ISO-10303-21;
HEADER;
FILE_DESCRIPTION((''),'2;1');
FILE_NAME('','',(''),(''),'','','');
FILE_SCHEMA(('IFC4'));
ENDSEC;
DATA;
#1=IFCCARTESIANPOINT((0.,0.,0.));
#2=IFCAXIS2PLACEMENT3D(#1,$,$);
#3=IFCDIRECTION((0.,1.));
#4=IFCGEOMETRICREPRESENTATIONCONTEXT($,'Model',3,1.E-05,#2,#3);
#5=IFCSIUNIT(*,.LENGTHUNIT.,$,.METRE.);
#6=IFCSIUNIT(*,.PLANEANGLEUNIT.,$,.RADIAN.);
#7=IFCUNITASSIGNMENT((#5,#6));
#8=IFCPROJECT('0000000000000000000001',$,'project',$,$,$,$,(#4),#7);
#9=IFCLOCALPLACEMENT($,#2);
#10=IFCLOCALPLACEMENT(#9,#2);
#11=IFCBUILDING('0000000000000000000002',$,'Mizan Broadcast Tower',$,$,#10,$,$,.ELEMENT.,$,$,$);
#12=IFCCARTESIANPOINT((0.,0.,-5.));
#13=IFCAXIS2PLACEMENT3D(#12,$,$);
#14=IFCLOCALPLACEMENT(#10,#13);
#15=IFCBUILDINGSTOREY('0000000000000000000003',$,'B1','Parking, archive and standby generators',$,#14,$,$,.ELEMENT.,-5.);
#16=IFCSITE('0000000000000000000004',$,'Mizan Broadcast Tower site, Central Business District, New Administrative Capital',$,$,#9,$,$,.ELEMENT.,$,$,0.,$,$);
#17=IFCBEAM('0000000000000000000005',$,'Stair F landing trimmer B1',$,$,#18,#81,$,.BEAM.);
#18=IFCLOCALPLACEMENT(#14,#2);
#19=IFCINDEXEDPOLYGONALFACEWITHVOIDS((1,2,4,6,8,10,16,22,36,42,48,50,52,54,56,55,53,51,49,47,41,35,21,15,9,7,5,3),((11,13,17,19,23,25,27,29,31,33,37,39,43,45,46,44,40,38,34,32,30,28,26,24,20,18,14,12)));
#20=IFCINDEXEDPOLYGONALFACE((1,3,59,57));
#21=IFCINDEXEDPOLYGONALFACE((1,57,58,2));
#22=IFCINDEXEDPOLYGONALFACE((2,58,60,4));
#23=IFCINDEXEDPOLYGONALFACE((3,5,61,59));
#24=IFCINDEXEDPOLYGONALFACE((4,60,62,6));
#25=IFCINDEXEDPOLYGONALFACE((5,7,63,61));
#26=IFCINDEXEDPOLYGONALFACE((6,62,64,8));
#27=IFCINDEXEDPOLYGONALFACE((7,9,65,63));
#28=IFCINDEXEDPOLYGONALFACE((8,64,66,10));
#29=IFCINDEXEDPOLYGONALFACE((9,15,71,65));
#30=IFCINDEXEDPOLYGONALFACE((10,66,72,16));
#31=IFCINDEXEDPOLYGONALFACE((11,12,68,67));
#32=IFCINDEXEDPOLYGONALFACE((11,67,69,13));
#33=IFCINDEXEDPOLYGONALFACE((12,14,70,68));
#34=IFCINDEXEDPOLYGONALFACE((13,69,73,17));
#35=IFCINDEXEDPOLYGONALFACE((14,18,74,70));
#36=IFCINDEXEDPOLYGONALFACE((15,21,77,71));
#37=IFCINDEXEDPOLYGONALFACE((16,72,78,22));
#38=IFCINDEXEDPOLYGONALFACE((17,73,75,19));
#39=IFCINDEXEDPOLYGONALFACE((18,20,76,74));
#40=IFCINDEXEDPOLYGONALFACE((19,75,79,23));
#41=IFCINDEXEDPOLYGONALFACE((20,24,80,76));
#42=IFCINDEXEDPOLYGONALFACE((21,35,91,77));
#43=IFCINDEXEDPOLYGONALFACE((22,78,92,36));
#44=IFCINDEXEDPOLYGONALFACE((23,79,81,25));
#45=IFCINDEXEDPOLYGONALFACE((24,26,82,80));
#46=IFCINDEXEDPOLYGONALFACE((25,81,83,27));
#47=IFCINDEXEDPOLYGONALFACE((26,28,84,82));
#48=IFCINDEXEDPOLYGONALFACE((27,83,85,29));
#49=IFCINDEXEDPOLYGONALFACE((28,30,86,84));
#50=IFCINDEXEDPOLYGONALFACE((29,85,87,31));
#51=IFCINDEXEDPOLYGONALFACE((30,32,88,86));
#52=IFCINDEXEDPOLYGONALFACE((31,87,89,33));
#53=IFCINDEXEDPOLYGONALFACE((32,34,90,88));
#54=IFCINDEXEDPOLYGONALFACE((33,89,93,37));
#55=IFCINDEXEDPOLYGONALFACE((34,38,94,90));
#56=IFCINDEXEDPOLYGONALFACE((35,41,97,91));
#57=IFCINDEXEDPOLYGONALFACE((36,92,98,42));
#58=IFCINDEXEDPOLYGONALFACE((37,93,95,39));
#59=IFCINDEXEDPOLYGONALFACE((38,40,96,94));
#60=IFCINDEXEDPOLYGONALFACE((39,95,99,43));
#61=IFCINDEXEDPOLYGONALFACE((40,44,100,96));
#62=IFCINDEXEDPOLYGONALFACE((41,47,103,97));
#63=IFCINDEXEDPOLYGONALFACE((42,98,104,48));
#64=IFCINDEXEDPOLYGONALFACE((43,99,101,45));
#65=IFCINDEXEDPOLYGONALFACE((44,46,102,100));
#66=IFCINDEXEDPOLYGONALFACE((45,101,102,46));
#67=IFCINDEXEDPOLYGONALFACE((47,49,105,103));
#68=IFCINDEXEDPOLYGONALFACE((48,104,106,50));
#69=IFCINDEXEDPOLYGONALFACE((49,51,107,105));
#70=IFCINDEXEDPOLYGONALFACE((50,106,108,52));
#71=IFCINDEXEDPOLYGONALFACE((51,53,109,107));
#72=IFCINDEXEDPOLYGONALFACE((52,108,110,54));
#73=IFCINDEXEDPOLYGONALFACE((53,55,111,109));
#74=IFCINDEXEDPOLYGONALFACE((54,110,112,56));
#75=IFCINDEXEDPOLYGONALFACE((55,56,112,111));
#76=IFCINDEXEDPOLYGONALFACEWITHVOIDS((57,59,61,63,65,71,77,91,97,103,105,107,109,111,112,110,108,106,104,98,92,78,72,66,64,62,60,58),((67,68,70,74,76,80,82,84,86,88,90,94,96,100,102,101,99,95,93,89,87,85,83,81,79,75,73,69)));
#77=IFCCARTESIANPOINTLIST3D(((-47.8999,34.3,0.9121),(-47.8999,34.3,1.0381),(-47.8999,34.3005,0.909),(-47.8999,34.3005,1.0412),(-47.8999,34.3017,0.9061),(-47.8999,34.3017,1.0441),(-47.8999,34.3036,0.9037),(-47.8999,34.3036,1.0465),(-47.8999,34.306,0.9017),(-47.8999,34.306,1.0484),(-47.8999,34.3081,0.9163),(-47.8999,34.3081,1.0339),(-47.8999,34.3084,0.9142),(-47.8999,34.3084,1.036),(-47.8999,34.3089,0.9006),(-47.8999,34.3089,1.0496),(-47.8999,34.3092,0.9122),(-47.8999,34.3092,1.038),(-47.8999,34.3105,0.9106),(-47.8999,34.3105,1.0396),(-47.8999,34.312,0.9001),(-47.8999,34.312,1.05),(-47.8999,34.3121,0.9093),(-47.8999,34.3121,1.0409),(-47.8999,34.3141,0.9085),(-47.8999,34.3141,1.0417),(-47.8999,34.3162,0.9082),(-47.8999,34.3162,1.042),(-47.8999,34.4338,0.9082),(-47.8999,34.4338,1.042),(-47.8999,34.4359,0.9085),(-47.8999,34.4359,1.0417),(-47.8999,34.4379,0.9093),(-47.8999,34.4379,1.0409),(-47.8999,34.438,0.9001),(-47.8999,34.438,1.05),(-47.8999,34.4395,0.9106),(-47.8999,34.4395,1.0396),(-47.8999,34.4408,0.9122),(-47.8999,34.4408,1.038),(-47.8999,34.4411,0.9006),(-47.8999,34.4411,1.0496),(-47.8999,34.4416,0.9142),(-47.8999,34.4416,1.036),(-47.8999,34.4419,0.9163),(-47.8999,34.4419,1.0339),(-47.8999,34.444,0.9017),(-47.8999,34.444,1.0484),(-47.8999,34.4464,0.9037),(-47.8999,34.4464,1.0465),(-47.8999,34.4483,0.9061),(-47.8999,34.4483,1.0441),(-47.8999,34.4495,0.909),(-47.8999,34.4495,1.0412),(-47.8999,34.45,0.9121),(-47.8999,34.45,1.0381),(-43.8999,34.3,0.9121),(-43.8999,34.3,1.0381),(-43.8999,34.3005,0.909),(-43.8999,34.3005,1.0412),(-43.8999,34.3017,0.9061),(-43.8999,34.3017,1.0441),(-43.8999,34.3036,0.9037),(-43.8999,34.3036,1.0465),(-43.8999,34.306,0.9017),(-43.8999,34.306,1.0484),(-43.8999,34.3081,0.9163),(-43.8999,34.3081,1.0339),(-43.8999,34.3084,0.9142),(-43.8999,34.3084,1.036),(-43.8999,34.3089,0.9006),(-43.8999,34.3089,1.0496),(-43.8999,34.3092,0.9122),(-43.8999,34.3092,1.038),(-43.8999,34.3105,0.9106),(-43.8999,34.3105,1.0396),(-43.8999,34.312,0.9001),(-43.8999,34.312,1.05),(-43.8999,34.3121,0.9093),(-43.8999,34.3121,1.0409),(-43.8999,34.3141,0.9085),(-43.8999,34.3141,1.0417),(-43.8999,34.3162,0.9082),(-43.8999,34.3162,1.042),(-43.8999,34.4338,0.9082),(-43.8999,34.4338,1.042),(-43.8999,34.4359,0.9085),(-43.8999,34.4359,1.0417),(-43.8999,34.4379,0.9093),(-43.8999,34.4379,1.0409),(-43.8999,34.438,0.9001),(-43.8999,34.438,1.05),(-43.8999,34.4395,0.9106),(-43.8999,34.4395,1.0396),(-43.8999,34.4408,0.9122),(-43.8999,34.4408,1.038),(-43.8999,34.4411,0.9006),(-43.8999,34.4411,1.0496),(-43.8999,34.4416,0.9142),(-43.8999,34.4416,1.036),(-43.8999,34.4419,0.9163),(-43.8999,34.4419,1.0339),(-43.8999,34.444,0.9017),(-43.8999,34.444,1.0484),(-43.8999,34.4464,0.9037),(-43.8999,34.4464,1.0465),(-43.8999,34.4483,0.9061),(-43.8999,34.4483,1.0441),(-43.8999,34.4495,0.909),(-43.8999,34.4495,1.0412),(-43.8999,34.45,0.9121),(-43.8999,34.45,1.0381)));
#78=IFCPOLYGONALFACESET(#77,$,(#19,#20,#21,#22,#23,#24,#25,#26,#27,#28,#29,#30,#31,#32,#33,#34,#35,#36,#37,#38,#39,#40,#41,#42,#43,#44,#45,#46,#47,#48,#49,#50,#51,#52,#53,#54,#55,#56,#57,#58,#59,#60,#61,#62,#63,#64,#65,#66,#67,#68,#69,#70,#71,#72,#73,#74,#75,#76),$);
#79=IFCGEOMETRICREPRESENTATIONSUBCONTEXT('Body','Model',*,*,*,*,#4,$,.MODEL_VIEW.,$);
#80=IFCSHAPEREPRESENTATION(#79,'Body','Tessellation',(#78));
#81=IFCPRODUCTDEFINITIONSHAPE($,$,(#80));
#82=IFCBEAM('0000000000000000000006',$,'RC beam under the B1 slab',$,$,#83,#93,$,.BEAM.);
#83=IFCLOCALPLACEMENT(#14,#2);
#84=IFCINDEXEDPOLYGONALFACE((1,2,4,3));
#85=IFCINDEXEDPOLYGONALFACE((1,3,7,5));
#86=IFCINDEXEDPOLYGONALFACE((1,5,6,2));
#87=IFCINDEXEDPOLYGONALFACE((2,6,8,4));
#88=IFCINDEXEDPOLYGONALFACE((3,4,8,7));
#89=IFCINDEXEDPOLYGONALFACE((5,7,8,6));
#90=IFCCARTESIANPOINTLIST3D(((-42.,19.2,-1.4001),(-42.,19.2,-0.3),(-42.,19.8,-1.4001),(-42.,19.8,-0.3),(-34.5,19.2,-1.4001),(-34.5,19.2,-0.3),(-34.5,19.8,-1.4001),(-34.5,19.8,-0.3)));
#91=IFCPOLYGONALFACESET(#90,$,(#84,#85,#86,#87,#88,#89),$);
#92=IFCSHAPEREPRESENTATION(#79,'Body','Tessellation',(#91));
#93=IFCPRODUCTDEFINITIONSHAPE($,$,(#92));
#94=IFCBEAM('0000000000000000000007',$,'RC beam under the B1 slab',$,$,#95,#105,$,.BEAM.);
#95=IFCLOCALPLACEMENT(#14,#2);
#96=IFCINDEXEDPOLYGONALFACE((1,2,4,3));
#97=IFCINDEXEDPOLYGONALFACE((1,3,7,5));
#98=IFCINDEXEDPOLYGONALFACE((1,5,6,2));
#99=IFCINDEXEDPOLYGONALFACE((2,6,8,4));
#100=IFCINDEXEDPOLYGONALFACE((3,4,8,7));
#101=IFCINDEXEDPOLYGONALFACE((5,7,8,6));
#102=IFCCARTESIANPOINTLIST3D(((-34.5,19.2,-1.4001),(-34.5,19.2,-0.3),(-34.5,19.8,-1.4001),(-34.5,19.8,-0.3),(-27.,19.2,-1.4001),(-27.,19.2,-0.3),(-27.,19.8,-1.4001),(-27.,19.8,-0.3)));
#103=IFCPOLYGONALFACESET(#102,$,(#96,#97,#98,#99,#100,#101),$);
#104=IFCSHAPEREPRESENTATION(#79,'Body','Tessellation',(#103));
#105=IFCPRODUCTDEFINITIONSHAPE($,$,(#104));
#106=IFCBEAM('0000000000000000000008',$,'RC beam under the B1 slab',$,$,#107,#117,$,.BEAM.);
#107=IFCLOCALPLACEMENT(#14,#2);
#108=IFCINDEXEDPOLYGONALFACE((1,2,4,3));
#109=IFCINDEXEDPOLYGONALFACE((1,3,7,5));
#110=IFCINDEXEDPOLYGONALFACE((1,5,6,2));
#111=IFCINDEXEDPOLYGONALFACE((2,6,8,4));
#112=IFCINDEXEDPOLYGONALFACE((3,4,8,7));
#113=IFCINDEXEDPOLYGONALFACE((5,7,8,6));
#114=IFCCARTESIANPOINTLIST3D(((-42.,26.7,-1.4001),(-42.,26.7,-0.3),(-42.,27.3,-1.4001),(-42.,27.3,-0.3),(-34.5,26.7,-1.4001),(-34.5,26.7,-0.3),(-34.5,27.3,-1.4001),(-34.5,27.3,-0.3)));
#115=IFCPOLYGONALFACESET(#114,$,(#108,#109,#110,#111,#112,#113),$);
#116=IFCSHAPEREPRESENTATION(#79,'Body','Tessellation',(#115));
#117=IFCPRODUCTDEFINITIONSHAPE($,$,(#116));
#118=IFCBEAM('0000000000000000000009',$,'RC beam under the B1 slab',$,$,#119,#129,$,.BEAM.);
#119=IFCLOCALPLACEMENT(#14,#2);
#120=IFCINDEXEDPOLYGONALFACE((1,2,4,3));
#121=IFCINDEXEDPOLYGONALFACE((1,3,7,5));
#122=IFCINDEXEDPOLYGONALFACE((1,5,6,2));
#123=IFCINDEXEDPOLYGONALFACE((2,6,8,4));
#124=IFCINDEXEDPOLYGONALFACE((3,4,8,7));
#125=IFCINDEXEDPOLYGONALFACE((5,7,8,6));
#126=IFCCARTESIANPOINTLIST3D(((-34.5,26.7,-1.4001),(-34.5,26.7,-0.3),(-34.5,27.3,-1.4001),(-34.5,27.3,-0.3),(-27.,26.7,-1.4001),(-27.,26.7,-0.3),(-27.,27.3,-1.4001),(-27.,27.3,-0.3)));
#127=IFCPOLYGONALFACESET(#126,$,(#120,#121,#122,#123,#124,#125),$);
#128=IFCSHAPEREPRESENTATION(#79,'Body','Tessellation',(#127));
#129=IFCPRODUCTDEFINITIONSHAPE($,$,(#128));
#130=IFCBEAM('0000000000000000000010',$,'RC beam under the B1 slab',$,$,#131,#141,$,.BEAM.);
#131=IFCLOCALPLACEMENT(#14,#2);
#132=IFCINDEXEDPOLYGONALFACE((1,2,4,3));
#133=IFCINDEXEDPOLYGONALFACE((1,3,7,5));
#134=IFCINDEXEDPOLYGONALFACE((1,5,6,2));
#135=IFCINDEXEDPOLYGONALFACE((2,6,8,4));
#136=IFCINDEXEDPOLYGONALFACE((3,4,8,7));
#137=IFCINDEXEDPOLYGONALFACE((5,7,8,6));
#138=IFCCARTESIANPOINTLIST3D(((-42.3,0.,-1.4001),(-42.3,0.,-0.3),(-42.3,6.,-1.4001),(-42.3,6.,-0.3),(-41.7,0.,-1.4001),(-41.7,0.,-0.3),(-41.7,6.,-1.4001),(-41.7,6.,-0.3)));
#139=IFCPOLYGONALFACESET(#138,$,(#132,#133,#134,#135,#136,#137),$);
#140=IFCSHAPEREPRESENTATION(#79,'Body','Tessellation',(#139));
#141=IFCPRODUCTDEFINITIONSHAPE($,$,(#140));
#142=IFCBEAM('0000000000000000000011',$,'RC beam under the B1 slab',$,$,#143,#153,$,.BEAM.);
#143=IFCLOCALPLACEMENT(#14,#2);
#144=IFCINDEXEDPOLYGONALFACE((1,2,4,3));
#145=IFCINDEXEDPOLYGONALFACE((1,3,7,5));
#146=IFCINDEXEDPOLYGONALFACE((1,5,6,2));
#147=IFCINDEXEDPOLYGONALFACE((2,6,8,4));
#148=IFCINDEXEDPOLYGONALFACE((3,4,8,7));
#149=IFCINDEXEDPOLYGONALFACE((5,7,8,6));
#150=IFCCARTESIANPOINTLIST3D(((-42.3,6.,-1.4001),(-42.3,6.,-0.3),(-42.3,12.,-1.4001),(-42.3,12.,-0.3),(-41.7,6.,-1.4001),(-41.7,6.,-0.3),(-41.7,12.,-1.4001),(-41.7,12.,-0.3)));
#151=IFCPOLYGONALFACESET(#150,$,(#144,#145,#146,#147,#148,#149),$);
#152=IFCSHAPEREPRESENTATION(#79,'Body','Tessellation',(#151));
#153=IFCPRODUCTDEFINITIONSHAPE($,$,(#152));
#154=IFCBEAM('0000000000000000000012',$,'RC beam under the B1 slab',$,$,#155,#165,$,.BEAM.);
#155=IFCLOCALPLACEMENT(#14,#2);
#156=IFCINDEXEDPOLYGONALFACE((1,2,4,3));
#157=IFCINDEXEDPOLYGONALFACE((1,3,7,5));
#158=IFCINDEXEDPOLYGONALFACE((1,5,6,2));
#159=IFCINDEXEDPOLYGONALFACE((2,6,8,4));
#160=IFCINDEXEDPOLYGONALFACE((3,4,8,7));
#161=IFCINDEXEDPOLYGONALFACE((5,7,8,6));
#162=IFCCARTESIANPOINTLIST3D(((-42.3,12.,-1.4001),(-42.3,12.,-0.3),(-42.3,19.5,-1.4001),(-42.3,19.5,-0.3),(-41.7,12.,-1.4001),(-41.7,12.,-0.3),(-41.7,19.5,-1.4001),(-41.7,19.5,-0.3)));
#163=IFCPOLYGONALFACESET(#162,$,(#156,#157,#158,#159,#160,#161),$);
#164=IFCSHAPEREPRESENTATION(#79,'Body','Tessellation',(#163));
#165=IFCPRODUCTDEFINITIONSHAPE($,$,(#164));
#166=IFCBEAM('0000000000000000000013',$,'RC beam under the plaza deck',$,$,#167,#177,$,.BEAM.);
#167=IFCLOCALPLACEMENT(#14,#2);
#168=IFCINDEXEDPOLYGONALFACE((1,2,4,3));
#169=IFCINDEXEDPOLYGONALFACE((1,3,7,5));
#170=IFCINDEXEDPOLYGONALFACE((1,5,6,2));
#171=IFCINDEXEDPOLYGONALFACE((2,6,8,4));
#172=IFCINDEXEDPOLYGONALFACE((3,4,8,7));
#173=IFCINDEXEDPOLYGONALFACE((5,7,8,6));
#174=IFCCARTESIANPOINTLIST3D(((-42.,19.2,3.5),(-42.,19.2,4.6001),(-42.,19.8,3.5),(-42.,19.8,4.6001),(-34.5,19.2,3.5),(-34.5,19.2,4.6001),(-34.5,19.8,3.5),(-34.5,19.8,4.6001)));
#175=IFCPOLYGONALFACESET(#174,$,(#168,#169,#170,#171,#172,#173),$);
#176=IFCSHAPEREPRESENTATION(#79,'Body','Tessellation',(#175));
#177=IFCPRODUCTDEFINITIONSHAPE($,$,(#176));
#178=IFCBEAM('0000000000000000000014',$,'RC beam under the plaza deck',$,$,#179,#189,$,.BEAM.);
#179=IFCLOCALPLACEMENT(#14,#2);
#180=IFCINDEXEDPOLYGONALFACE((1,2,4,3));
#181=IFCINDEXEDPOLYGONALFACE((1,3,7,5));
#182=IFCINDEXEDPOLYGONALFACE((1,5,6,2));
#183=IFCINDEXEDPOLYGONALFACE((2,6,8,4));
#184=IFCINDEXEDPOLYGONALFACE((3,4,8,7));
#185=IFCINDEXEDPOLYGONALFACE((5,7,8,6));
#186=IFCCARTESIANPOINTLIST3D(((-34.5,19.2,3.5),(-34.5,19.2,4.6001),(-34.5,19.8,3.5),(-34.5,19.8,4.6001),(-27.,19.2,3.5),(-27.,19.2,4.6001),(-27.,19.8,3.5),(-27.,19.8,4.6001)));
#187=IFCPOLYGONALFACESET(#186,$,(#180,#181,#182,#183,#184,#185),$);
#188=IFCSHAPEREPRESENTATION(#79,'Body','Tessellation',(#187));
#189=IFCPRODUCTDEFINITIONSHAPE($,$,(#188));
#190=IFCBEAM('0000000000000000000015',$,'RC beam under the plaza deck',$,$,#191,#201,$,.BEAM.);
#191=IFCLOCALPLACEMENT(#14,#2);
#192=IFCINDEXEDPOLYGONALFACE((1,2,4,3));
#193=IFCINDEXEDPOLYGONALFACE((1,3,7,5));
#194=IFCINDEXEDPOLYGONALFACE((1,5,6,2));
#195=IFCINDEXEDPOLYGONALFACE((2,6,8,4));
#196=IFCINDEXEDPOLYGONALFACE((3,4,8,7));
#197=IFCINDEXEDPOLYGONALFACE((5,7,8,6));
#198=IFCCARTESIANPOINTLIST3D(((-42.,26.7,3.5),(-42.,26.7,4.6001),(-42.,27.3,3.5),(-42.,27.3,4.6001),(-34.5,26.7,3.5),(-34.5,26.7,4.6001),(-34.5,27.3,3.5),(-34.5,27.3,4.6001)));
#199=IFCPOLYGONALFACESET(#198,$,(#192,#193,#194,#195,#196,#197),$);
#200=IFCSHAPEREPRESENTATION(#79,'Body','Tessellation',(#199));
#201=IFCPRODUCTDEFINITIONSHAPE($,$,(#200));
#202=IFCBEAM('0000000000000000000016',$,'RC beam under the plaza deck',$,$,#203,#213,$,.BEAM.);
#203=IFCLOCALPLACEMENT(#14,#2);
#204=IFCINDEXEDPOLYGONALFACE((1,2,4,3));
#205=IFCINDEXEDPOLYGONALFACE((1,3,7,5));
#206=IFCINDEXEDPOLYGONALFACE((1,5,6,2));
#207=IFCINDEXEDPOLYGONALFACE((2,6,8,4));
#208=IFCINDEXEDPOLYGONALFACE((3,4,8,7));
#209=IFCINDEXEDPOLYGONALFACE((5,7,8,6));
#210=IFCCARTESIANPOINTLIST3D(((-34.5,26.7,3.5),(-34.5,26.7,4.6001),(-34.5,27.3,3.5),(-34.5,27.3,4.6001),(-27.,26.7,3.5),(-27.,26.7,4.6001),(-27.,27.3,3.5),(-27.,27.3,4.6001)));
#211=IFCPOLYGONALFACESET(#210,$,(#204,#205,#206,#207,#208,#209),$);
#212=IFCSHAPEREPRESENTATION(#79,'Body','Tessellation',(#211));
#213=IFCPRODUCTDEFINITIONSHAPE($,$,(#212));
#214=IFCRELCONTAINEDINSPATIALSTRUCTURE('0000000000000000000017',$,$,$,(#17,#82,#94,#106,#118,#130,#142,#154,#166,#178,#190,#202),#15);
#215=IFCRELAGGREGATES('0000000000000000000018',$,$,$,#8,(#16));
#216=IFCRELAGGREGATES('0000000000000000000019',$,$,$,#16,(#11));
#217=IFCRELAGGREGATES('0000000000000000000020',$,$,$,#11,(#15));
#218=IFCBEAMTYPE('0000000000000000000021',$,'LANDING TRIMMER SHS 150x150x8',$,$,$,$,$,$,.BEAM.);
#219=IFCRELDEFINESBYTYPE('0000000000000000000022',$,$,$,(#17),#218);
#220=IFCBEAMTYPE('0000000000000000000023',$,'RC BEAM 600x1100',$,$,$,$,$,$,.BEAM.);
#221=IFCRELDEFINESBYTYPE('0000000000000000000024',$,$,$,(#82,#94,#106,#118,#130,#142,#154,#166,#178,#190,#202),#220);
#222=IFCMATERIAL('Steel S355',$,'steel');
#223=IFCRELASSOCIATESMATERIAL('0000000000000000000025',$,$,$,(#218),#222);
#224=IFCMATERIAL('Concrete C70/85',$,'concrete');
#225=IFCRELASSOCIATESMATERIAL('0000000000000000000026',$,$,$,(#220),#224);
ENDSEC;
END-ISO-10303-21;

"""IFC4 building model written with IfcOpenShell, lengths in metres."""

from ifc_helpers import new_model, si_unit, direction, frame, origin, origin_2d, place, context, subcontext, project, spatial, rectangle, hollow_rectangle, extrude, material, material_profile, profile_set, type_object, element, save


model = new_model("IFC4")

# Units and contexts
model_context = context("Model", 3, precision=1e-05, world=origin(), true_north=direction((0.0, 1.0)))
body_context = subcontext(model_context, "Body", "Model", "MODEL_VIEW")
ifc_project = project(units=[si_unit("LENGTHUNIT", "METRE"), si_unit("PLANEANGLEUNIT", "RADIAN")], contexts=[model_context])

# Site, building, storey
site_placement = place(None, origin())
site = spatial("IfcSite", under=ifc_project, at=site_placement, Name="Mizan Broadcast Tower site, Central Business District, New Administrative Capital", CompositionType="ELEMENT", RefElevation=0.0)
building_placement = place(site_placement, origin())
building = spatial("IfcBuilding", under=site, at=building_placement, Name="Mizan Broadcast Tower", CompositionType="ELEMENT")
storey_placement = place(building_placement, frame((0.0, 0.0, -5.0)))
storey = spatial("IfcBuildingStorey", under=building, at=storey_placement, Name="B1", Description="Parking, archive and standby generators", CompositionType="ELEMENT", Elevation=-5.0)

# Beams
ifc_material_1 = material(Name="Steel S355", Category="steel")
ifc_material_profile_1 = material_profile(ifc_material_1, hollow_rectangle(XDim=0.1499, YDim=0.1499, WallThickness=0.0081, InnerFilletRadius=0.0081, OuterFilletRadius=0.012, at=origin_2d()), Name="SHS 150x150x8")
ifc_profile_set_1 = profile_set([ifc_material_profile_1], Name="Steel S355")
beam_type_1 = type_object("IfcBeamType", Name="LANDING TRIMMER SHS 150x150x8", PredefinedType="BEAM", material=ifc_profile_set_1)
beam_1_placement = place(storey_placement, frame((-43.8999, 34.375, 0.9751), z_axis=(-1.0, 0.0, 0.0), x_axis=(0.0, -1.0, 0.0)))
element("IfcBeam", 1, at=beam_1_placement, inside=storey, type_object=beam_type_1, Name="Stair F landing trimmer B1", PredefinedType="BEAM", context=body_context, shape_type="SweptSolid", body=[
    extrude(hollow_rectangle(XDim=0.1499, YDim=0.1499, WallThickness=0.0081, InnerFilletRadius=0.0081, OuterFilletRadius=0.012, at=origin_2d()), origin(), (0.0, 0.0, 1.0), 4.0),
])
ifc_material_2 = material(Name="Concrete C70/85", Category="concrete")
ifc_material_profile_2 = material_profile(ifc_material_2, rectangle(XDim=0.6001, YDim=1.1001, at=origin_2d()), Name="RC 600x1100")
ifc_profile_set_2 = profile_set([ifc_material_profile_2], Name="Concrete C70/85")
beam_type_2 = type_object("IfcBeamType", Name="RC BEAM 600x1100", PredefinedType="BEAM", material=ifc_profile_set_2)
for number, where, z_axis, x_axis, name in (
    (2, (-42.0, 19.5, -0.8501), (1.0, 0.0, 0.0), (0.0, 1.0, 0.0), "RC beam under the B1 slab"),
    (3, (-34.5, 19.5, -0.8501), (1.0, 0.0, 0.0), (0.0, 1.0, 0.0), "RC beam under the B1 slab"),
    (4, (-42.0, 27.0, -0.8501), (1.0, 0.0, 0.0), (0.0, 1.0, 0.0), "RC beam under the B1 slab"),
    (5, (-34.5, 27.0, -0.8501), (1.0, 0.0, 0.0), (0.0, 1.0, 0.0), "RC beam under the B1 slab"),
):
    element("IfcBeam", number, at=place(storey_placement, frame(where, z_axis=z_axis, x_axis=x_axis)), inside=storey, type_object=beam_type_2, Name=name, PredefinedType="BEAM", context=body_context, shape_type="SweptSolid", body=[
        extrude(rectangle(XDim=0.6001, YDim=1.1001, at=origin_2d()), origin(), (0.0, 0.0, 1.0), 7.5),
    ])
for number, where, z_axis, x_axis, name in (
    (6, (-42.0, 0.0, -0.8501), (0.0, 1.0, 0.0), (-1.0, 0.0, 0.0), "RC beam under the B1 slab"),
    (7, (-42.0, 6.0, -0.8501), (0.0, 1.0, 0.0), (-1.0, 0.0, 0.0), "RC beam under the B1 slab"),
):
    element("IfcBeam", number, at=place(storey_placement, frame(where, z_axis=z_axis, x_axis=x_axis)), inside=storey, type_object=beam_type_2, Name=name, PredefinedType="BEAM", context=body_context, shape_type="SweptSolid", body=[
        extrude(rectangle(XDim=0.6001, YDim=1.1001, at=origin_2d()), origin(), (0.0, 0.0, 1.0), 6.0),
    ])
for number, where, z_axis, x_axis, name in (
    (8, (-42.0, 12.0, -0.8501), (0.0, 1.0, 0.0), (-1.0, 0.0, 0.0), "RC beam under the B1 slab"),
    (9, (-42.0, 19.5, 4.05), (1.0, 0.0, 0.0), (0.0, 1.0, 0.0), "RC beam under the plaza deck"),
    (10, (-34.5, 19.5, 4.05), (1.0, 0.0, 0.0), (0.0, 1.0, 0.0), "RC beam under the plaza deck"),
    (11, (-42.0, 27.0, 4.05), (1.0, 0.0, 0.0), (0.0, 1.0, 0.0), "RC beam under the plaza deck"),
    (12, (-34.5, 27.0, 4.05), (1.0, 0.0, 0.0), (0.0, 1.0, 0.0), "RC beam under the plaza deck"),
):
    element("IfcBeam", number, at=place(storey_placement, frame(where, z_axis=z_axis, x_axis=x_axis)), inside=storey, type_object=beam_type_2, Name=name, PredefinedType="BEAM", context=body_context, shape_type="SweptSolid", body=[
        extrude(rectangle(XDim=0.6001, YDim=1.1001, at=origin_2d()), origin(), (0.0, 0.0, 1.0), 7.5),
    ])

save(model, "model.ifc")
